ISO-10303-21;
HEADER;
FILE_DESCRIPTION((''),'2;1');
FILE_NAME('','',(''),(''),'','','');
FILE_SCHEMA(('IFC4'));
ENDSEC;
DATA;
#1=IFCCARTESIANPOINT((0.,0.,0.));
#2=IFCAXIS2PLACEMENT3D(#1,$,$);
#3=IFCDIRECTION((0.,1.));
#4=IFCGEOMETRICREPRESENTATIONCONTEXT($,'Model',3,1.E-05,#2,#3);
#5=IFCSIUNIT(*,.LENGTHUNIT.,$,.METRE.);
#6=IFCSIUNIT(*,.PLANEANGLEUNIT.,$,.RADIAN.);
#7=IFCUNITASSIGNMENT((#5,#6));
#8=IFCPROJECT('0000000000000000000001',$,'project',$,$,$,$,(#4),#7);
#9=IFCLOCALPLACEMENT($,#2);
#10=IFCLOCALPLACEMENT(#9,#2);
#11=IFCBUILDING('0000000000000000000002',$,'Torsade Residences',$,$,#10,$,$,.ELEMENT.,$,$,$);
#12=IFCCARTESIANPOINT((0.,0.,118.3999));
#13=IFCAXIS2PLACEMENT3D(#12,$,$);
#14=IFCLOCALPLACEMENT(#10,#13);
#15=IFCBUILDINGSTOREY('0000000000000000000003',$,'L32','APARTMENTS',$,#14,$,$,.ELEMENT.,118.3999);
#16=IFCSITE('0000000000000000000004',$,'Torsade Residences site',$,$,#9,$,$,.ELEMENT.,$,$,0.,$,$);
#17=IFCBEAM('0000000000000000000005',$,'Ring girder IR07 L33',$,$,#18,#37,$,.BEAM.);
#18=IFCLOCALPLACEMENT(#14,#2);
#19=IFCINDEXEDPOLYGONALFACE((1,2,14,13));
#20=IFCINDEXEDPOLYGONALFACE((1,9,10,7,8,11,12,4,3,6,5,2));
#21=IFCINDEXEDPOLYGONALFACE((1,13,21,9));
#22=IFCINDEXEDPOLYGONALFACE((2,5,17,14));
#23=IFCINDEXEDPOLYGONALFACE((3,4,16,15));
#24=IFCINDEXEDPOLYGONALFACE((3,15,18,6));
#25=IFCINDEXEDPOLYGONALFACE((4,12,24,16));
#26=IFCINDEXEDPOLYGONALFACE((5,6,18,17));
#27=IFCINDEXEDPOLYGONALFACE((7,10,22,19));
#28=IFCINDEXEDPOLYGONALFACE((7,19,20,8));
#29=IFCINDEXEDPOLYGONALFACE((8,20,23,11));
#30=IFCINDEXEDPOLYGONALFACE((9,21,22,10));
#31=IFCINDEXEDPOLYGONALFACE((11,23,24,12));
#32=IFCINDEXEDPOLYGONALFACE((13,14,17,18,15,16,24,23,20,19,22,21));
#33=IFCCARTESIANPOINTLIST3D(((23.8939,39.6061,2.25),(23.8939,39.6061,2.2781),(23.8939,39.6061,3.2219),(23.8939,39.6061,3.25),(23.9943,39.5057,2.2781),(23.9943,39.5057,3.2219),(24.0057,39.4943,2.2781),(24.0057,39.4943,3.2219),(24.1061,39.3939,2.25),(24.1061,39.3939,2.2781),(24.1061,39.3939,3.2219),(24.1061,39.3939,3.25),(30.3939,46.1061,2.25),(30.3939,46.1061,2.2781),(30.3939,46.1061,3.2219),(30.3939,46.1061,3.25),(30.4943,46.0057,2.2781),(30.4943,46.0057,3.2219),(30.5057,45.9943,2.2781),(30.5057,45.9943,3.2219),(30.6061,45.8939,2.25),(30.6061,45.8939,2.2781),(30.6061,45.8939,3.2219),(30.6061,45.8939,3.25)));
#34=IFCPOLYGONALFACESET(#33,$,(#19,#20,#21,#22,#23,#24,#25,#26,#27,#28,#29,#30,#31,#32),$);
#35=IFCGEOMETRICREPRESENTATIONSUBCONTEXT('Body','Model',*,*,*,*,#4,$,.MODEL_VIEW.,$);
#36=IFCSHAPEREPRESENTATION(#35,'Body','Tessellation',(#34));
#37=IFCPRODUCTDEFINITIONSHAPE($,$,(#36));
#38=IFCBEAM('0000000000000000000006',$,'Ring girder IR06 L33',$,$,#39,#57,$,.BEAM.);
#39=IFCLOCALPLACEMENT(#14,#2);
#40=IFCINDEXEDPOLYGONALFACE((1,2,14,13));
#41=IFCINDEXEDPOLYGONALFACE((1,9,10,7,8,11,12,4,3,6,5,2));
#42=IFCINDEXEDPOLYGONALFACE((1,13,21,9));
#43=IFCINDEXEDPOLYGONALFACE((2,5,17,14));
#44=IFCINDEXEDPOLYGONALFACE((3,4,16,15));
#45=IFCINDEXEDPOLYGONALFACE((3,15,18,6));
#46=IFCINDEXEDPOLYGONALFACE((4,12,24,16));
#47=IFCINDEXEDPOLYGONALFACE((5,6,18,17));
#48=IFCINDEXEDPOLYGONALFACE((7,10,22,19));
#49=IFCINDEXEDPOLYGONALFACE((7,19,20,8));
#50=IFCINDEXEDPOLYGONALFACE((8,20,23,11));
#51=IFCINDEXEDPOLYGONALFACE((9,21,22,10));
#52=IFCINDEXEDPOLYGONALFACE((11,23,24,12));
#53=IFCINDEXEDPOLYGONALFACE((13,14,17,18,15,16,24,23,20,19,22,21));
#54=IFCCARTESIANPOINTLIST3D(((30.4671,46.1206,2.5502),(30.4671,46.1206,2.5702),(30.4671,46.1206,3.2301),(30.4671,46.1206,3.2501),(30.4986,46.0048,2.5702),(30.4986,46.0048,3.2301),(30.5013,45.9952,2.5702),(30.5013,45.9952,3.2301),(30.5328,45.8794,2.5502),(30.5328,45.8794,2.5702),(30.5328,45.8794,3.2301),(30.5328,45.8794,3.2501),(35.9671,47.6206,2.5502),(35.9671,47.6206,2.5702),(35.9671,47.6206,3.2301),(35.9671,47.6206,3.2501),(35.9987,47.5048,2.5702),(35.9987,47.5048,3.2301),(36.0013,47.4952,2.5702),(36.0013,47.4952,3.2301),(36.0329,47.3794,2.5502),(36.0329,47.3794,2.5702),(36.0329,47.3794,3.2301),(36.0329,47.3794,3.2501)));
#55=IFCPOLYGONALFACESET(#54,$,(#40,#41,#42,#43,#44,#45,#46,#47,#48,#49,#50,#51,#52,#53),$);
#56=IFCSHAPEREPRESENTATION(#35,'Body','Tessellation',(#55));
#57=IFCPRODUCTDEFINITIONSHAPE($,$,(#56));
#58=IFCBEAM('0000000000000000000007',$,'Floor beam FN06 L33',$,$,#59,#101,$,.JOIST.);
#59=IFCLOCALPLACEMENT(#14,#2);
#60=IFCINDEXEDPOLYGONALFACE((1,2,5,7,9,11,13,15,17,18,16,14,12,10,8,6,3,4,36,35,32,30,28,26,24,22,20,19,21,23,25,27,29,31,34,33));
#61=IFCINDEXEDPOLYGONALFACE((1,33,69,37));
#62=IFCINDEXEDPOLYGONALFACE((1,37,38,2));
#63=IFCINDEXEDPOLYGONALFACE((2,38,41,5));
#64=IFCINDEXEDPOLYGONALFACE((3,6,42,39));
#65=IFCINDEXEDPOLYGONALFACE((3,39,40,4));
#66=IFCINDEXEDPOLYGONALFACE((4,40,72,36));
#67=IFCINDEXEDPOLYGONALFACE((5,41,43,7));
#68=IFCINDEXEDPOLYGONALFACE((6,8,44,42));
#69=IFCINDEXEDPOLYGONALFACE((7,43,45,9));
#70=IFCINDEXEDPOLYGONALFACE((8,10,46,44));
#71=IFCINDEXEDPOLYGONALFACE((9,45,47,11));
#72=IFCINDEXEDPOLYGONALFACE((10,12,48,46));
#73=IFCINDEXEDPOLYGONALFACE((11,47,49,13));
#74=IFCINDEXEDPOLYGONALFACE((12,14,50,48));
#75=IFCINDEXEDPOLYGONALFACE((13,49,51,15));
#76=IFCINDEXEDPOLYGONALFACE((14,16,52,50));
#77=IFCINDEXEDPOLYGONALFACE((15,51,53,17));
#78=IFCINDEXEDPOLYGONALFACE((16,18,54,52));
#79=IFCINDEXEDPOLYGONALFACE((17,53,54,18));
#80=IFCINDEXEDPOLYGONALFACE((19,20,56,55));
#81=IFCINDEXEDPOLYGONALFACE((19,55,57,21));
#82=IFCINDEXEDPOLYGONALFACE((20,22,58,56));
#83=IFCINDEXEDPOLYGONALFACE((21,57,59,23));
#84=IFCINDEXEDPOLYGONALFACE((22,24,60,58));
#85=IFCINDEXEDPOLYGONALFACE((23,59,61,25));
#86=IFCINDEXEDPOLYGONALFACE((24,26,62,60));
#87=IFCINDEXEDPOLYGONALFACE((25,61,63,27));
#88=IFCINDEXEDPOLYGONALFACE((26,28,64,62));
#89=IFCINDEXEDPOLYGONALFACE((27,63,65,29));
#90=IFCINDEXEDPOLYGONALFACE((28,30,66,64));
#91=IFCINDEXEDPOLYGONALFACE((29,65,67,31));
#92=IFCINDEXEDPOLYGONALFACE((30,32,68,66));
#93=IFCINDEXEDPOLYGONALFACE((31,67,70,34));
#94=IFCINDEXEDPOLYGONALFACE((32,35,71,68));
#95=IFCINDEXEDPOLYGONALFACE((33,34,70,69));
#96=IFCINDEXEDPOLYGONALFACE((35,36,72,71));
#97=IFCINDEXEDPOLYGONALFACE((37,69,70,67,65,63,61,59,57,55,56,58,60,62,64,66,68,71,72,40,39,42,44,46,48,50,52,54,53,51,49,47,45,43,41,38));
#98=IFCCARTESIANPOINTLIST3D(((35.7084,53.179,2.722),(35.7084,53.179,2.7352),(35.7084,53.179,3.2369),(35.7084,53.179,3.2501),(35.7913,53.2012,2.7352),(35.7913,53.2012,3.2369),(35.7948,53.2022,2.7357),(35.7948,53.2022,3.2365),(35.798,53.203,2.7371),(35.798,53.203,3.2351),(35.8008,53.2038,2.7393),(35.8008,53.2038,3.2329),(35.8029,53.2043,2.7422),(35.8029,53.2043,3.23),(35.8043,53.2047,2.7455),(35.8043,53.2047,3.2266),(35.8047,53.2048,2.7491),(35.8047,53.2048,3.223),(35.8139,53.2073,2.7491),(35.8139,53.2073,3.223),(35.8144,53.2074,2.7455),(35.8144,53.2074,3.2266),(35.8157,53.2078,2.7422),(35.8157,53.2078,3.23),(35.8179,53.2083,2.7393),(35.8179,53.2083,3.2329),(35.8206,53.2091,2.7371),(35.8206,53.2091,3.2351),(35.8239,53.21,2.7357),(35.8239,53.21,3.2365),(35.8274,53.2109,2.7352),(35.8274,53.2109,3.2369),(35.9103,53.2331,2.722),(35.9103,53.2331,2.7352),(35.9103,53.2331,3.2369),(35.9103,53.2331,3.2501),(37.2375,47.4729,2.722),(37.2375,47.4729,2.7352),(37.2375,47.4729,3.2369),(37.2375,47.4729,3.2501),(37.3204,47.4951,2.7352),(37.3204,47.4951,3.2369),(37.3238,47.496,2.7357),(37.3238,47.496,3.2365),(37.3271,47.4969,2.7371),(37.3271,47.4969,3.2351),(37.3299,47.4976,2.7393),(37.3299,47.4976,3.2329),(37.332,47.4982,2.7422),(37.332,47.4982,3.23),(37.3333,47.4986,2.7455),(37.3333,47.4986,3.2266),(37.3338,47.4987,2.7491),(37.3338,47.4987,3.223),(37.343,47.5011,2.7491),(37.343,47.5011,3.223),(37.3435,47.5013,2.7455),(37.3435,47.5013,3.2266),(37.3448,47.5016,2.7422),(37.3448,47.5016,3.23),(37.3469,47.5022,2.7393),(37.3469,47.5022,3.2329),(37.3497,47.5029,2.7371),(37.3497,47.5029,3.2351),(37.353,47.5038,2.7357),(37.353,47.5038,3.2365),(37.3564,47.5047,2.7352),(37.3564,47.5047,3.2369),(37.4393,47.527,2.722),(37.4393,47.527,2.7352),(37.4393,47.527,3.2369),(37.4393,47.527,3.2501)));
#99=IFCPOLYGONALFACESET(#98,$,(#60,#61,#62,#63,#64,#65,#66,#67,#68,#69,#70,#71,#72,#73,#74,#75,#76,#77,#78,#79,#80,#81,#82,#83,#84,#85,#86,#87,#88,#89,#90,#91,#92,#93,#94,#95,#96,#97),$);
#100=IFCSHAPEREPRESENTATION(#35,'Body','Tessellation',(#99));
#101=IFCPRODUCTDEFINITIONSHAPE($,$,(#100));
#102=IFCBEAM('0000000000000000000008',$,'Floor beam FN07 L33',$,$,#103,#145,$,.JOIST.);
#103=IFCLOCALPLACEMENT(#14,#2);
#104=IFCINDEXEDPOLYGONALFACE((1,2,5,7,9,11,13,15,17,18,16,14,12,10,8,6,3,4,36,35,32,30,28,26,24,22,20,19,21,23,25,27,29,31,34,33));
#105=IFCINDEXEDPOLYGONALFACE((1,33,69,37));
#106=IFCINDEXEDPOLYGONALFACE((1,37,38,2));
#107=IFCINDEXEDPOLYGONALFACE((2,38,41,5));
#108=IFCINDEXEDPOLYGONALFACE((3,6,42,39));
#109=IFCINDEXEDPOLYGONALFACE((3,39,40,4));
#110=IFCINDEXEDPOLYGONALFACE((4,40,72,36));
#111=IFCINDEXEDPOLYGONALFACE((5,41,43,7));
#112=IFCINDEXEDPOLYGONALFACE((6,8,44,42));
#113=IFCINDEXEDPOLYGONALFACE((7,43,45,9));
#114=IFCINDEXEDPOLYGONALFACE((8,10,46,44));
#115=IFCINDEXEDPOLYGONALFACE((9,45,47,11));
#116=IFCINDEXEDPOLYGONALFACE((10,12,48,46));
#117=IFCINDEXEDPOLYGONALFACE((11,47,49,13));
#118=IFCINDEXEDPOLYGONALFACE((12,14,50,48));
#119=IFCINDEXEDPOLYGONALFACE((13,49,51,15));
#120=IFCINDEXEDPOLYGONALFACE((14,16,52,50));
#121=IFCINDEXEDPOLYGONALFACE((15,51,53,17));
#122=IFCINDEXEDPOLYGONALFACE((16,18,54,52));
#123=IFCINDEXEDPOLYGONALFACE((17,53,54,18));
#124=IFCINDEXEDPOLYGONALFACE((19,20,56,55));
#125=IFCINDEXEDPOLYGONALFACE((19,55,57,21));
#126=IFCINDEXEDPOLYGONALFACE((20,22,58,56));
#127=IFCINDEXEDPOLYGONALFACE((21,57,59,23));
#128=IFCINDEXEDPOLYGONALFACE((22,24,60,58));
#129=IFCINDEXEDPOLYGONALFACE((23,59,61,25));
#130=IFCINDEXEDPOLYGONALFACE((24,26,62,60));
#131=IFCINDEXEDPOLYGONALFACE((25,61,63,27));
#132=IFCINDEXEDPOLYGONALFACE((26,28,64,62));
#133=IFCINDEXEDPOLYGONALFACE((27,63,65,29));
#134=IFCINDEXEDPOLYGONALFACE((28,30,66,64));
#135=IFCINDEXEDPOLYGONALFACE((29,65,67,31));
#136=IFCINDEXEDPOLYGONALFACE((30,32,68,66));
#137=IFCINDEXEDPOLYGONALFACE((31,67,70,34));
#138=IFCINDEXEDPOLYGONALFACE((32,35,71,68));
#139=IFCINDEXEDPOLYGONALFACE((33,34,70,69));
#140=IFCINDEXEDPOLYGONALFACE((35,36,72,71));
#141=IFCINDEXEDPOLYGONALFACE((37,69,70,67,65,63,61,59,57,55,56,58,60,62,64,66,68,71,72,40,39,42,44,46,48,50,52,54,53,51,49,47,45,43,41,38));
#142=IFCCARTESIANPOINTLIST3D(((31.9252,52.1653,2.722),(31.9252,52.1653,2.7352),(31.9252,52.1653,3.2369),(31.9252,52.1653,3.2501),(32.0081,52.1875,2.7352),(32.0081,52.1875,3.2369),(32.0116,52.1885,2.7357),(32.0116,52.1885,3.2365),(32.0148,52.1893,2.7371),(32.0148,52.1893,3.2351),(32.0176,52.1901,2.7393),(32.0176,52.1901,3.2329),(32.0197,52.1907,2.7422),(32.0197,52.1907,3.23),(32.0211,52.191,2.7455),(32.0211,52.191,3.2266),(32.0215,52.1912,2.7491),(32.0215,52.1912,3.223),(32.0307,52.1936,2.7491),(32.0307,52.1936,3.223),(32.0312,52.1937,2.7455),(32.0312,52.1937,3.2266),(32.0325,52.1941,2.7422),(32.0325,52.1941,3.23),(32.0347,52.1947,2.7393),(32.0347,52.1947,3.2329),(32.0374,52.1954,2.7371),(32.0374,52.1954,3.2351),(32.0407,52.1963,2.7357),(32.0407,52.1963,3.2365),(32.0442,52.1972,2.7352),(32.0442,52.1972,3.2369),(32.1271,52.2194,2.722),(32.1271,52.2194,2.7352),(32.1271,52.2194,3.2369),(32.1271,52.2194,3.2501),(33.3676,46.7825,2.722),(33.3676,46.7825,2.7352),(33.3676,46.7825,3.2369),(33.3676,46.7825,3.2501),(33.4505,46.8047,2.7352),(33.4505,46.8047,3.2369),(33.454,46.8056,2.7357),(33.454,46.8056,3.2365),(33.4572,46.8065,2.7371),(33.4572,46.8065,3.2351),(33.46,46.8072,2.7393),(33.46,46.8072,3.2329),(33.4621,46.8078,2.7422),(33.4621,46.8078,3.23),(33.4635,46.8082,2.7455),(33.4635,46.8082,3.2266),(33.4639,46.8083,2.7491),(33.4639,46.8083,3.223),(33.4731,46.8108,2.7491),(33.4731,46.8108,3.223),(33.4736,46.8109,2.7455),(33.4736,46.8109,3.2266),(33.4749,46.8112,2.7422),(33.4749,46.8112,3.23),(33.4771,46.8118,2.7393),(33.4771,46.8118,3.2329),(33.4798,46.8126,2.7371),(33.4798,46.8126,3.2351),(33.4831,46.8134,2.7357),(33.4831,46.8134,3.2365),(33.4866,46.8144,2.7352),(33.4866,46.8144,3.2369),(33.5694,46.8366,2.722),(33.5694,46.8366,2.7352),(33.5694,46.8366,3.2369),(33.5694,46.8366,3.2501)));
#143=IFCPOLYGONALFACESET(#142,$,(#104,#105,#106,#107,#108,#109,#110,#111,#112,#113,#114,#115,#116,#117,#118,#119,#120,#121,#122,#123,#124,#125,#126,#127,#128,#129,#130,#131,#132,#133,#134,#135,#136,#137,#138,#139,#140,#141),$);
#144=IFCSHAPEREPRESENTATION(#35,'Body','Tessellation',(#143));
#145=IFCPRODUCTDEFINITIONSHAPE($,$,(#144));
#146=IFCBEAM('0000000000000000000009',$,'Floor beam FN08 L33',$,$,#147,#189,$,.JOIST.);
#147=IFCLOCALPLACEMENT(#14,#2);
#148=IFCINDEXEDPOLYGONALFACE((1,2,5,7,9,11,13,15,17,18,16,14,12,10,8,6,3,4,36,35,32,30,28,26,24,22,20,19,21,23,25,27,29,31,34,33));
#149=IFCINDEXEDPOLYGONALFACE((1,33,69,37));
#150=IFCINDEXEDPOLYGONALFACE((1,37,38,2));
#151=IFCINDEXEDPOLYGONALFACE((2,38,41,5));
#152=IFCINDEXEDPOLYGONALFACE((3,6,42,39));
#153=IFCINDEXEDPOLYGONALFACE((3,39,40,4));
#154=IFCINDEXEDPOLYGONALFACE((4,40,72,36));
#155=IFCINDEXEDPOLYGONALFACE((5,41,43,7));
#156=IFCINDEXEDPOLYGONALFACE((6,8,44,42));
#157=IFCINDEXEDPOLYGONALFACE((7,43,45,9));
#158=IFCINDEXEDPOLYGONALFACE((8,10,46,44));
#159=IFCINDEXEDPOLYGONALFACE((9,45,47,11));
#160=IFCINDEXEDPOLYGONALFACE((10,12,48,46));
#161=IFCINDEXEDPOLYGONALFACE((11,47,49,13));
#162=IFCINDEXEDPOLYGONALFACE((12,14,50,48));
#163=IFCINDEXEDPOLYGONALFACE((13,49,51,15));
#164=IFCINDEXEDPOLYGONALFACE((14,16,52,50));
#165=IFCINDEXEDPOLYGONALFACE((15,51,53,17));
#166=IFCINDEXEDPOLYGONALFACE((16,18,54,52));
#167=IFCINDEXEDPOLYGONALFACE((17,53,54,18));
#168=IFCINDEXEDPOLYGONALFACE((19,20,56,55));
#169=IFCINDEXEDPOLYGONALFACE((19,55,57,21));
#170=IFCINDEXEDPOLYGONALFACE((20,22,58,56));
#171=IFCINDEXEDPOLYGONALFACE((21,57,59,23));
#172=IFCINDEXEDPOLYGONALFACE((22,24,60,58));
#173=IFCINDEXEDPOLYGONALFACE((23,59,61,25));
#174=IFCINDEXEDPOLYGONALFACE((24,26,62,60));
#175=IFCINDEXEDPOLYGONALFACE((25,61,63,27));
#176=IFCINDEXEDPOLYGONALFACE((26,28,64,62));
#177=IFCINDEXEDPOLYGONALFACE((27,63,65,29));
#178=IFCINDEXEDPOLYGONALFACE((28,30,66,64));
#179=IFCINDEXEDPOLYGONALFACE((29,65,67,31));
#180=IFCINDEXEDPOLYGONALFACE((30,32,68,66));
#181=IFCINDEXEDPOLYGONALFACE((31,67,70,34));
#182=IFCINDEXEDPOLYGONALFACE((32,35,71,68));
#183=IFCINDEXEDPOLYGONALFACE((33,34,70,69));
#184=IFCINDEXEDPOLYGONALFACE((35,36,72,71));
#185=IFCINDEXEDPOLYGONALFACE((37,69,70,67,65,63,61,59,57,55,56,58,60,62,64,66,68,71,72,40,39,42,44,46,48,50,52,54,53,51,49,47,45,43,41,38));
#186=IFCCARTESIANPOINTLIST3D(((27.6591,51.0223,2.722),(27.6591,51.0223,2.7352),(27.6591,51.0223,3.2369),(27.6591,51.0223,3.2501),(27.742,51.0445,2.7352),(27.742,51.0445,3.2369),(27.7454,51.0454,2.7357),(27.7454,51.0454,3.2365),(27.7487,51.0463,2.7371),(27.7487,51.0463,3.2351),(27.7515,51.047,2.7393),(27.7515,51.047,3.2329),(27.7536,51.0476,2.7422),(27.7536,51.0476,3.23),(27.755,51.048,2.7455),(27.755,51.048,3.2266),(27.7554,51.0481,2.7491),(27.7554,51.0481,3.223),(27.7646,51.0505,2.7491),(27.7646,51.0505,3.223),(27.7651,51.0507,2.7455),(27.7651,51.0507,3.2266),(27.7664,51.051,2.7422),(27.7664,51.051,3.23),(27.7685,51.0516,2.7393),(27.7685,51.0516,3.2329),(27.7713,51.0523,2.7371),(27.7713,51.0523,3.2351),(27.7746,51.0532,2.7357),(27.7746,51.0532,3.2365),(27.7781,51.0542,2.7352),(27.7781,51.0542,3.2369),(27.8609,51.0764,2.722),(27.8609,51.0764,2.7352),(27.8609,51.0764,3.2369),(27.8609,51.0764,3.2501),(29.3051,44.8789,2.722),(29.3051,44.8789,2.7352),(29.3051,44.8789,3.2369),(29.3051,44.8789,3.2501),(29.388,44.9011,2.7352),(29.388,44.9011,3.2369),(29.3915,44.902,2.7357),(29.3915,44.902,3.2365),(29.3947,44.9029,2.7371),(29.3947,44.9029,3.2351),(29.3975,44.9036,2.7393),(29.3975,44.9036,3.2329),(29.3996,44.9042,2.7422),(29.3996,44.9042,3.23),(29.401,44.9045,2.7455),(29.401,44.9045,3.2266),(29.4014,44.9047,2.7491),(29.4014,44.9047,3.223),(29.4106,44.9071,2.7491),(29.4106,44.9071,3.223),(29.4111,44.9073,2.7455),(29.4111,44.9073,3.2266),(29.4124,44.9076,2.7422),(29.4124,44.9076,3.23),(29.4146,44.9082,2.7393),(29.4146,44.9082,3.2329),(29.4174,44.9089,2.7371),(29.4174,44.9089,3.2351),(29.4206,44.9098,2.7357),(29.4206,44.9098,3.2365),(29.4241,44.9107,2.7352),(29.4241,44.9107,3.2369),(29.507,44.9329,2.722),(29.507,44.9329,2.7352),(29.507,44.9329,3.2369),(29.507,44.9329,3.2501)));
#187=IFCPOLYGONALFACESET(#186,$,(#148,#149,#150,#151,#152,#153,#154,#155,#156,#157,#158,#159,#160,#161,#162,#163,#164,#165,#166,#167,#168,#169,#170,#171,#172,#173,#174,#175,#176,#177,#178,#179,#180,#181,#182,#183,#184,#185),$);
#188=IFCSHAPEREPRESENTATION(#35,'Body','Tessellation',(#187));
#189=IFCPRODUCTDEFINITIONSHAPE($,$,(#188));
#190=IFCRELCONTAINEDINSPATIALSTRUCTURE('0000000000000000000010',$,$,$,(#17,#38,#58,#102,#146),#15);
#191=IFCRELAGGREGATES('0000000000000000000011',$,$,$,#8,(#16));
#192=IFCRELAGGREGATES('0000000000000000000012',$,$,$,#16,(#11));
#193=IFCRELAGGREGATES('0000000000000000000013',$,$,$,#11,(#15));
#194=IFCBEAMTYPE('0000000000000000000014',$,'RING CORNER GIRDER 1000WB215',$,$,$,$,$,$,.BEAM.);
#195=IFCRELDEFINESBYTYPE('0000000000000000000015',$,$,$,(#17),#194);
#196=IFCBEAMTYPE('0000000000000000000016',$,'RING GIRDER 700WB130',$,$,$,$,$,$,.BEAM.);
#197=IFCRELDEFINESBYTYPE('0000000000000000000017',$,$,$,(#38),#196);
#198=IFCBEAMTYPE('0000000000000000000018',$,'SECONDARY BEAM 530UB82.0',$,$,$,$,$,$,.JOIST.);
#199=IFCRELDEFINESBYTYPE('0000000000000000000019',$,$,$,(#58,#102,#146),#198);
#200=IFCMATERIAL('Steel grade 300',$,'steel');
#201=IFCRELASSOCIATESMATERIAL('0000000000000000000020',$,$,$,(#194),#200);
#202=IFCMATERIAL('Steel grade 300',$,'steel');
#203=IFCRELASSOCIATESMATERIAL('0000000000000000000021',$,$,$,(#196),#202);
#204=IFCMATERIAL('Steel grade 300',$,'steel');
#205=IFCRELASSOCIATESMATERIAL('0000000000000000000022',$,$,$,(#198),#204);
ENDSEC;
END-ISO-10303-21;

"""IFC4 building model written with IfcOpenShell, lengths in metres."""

from ifc_helpers import new_model, si_unit, direction, frame, origin, origin_2d, place, context, subcontext, project, spatial, i_section, extrude, material, material_profile, profile_set, type_object, element, save


model = new_model("IFC4")

# Units and contexts
model_context = context("Model", 3, precision=1e-05, world=origin(), true_north=direction((0.0, 1.0)))
body_context = subcontext(model_context, "Body", "Model", "MODEL_VIEW")
ifc_project = project(units=[si_unit("LENGTHUNIT", "METRE"), si_unit("PLANEANGLEUNIT", "RADIAN")], contexts=[model_context])

# Site, building, storey
site_placement = place(None, origin())
site = spatial("IfcSite", under=ifc_project, at=site_placement, Name="Torsade Residences site", CompositionType="ELEMENT", RefElevation=0.0)
building_placement = place(site_placement, origin())
building = spatial("IfcBuilding", under=site, at=building_placement, Name="Torsade Residences", CompositionType="ELEMENT")
storey_placement = place(building_placement, frame((0.0, 0.0, 118.3999)))
storey = spatial("IfcBuildingStorey", under=building, at=storey_placement, Name="L32", Description="APARTMENTS", CompositionType="ELEMENT", Elevation=118.3999)

# Beams
ifc_material_1 = material(Name="Steel grade 300", Category="steel")
ifc_material_profile_1 = material_profile(ifc_material_1, i_section(OverallWidth=0.3, OverallDepth=1.0, WebThickness=0.0161, FlangeThickness=0.0281, at=origin_2d()), Name="1000WB215")
ifc_profile_set_1 = profile_set([ifc_material_profile_1], Name="Steel grade 300")
beam_type_1 = type_object("IfcBeamType", Name="RING CORNER GIRDER 1000WB215", PredefinedType="BEAM", material=ifc_profile_set_1)
beam_1_placement = place(storey_placement, frame((30.5, 46.0, 2.75), z_axis=(-0.707107, -0.707107, 0.0), x_axis=(0.707107, -0.707107, 0.0)))
element("IfcBeam", 1, at=beam_1_placement, inside=storey, type_object=beam_type_1, Name="Ring girder IR07 L33", PredefinedType="BEAM", context=body_context, shape_type="SweptSolid", body=[
    extrude(i_section(OverallWidth=0.3, OverallDepth=1.0, WebThickness=0.0161, FlangeThickness=0.0281, at=origin_2d()), origin(), (0.0, 0.0, 1.0), 9.1924),
])
ifc_material_2 = material(Name="Steel grade 300", Category="steel")
ifc_material_profile_2 = material_profile(ifc_material_2, i_section(OverallWidth=0.25, OverallDepth=0.7, WebThickness=0.01, FlangeThickness=0.02, at=origin_2d()), Name="700WB130")
ifc_profile_set_2 = profile_set([ifc_material_profile_2], Name="Steel grade 300")
beam_type_2 = type_object("IfcBeamType", Name="RING GIRDER 700WB130", PredefinedType="BEAM", material=ifc_profile_set_2)
beam_2_placement = place(storey_placement, frame((36.0, 47.5, 2.9001), z_axis=(-0.964764, -0.263117, 0.0), x_axis=(0.263117, -0.964764, 0.0)))
element("IfcBeam", 2, at=beam_2_placement, inside=storey, type_object=beam_type_2, Name="Ring girder IR06 L33", PredefinedType="BEAM", context=body_context, shape_type="SweptSolid", body=[
    extrude(i_section(OverallWidth=0.25, OverallDepth=0.7, WebThickness=0.01, FlangeThickness=0.02, at=origin_2d()), origin(), (0.0, 0.0, 1.0), 5.7009),
])
ifc_material_3 = material(Name="Steel grade 300", Category="steel")
ifc_material_profile_3 = material_profile(ifc_material_3, i_section(OverallWidth=0.209, OverallDepth=0.5281, WebThickness=0.0095, FlangeThickness=0.0132, FilletRadius=0.0139, at=origin_2d()), Name="530UB82.0")
ifc_profile_set_3 = profile_set([ifc_material_profile_3], Name="Steel grade 300")
beam_type_3 = type_object("IfcBeamType", Name="SECONDARY BEAM 530UB82.0", PredefinedType="JOIST", material=ifc_profile_set_3)
beam_3_placement = place(storey_placement, frame((35.8093, 53.2061, 2.9861), z_axis=(0.258838, -0.965921, 0.0), x_axis=(0.965921, 0.258838, 0.0)))
element("IfcBeam", 3, at=beam_3_placement, inside=storey, type_object=beam_type_3, Name="Floor beam FN06 L33", PredefinedType="JOIST", context=body_context, shape_type="SweptSolid", body=[
    extrude(i_section(OverallWidth=0.209, OverallDepth=0.5281, WebThickness=0.0095, FlangeThickness=0.0132, FilletRadius=0.0139, at=origin_2d()), origin(), (0.0, 0.0, 1.0), 5.9075),
])
beam_4_placement = place(storey_placement, frame((32.0261, 52.1924, 2.9861), z_axis=(0.25883, -0.965923, 0.0), x_axis=(0.965923, 0.25883, 0.0)))
element("IfcBeam", 4, at=beam_4_placement, inside=storey, type_object=beam_type_3, Name="Floor beam FN07 L33", PredefinedType="JOIST", context=body_context, shape_type="SweptSolid", body=[
    extrude(i_section(OverallWidth=0.209, OverallDepth=0.5281, WebThickness=0.0095, FlangeThickness=0.0132, FilletRadius=0.0139, at=origin_2d()), origin(), (0.0, 0.0, 1.0), 5.5728),
])
beam_5_placement = place(storey_placement, frame((27.76, 51.0493, 2.9861), z_axis=(0.258805, -0.96593, 0.0), x_axis=(0.96593, 0.258805, 0.0)))
element("IfcBeam", 5, at=beam_5_placement, inside=storey, type_object=beam_type_3, Name="Floor beam FN08 L33", PredefinedType="JOIST", context=body_context, shape_type="SweptSolid", body=[
    extrude(i_section(OverallWidth=0.209, OverallDepth=0.5281, WebThickness=0.0095, FlangeThickness=0.0132, FilletRadius=0.0139, at=origin_2d()), origin(), (0.0, 0.0, 1.0), 6.3601),
])

save(model, "model.ifc")
